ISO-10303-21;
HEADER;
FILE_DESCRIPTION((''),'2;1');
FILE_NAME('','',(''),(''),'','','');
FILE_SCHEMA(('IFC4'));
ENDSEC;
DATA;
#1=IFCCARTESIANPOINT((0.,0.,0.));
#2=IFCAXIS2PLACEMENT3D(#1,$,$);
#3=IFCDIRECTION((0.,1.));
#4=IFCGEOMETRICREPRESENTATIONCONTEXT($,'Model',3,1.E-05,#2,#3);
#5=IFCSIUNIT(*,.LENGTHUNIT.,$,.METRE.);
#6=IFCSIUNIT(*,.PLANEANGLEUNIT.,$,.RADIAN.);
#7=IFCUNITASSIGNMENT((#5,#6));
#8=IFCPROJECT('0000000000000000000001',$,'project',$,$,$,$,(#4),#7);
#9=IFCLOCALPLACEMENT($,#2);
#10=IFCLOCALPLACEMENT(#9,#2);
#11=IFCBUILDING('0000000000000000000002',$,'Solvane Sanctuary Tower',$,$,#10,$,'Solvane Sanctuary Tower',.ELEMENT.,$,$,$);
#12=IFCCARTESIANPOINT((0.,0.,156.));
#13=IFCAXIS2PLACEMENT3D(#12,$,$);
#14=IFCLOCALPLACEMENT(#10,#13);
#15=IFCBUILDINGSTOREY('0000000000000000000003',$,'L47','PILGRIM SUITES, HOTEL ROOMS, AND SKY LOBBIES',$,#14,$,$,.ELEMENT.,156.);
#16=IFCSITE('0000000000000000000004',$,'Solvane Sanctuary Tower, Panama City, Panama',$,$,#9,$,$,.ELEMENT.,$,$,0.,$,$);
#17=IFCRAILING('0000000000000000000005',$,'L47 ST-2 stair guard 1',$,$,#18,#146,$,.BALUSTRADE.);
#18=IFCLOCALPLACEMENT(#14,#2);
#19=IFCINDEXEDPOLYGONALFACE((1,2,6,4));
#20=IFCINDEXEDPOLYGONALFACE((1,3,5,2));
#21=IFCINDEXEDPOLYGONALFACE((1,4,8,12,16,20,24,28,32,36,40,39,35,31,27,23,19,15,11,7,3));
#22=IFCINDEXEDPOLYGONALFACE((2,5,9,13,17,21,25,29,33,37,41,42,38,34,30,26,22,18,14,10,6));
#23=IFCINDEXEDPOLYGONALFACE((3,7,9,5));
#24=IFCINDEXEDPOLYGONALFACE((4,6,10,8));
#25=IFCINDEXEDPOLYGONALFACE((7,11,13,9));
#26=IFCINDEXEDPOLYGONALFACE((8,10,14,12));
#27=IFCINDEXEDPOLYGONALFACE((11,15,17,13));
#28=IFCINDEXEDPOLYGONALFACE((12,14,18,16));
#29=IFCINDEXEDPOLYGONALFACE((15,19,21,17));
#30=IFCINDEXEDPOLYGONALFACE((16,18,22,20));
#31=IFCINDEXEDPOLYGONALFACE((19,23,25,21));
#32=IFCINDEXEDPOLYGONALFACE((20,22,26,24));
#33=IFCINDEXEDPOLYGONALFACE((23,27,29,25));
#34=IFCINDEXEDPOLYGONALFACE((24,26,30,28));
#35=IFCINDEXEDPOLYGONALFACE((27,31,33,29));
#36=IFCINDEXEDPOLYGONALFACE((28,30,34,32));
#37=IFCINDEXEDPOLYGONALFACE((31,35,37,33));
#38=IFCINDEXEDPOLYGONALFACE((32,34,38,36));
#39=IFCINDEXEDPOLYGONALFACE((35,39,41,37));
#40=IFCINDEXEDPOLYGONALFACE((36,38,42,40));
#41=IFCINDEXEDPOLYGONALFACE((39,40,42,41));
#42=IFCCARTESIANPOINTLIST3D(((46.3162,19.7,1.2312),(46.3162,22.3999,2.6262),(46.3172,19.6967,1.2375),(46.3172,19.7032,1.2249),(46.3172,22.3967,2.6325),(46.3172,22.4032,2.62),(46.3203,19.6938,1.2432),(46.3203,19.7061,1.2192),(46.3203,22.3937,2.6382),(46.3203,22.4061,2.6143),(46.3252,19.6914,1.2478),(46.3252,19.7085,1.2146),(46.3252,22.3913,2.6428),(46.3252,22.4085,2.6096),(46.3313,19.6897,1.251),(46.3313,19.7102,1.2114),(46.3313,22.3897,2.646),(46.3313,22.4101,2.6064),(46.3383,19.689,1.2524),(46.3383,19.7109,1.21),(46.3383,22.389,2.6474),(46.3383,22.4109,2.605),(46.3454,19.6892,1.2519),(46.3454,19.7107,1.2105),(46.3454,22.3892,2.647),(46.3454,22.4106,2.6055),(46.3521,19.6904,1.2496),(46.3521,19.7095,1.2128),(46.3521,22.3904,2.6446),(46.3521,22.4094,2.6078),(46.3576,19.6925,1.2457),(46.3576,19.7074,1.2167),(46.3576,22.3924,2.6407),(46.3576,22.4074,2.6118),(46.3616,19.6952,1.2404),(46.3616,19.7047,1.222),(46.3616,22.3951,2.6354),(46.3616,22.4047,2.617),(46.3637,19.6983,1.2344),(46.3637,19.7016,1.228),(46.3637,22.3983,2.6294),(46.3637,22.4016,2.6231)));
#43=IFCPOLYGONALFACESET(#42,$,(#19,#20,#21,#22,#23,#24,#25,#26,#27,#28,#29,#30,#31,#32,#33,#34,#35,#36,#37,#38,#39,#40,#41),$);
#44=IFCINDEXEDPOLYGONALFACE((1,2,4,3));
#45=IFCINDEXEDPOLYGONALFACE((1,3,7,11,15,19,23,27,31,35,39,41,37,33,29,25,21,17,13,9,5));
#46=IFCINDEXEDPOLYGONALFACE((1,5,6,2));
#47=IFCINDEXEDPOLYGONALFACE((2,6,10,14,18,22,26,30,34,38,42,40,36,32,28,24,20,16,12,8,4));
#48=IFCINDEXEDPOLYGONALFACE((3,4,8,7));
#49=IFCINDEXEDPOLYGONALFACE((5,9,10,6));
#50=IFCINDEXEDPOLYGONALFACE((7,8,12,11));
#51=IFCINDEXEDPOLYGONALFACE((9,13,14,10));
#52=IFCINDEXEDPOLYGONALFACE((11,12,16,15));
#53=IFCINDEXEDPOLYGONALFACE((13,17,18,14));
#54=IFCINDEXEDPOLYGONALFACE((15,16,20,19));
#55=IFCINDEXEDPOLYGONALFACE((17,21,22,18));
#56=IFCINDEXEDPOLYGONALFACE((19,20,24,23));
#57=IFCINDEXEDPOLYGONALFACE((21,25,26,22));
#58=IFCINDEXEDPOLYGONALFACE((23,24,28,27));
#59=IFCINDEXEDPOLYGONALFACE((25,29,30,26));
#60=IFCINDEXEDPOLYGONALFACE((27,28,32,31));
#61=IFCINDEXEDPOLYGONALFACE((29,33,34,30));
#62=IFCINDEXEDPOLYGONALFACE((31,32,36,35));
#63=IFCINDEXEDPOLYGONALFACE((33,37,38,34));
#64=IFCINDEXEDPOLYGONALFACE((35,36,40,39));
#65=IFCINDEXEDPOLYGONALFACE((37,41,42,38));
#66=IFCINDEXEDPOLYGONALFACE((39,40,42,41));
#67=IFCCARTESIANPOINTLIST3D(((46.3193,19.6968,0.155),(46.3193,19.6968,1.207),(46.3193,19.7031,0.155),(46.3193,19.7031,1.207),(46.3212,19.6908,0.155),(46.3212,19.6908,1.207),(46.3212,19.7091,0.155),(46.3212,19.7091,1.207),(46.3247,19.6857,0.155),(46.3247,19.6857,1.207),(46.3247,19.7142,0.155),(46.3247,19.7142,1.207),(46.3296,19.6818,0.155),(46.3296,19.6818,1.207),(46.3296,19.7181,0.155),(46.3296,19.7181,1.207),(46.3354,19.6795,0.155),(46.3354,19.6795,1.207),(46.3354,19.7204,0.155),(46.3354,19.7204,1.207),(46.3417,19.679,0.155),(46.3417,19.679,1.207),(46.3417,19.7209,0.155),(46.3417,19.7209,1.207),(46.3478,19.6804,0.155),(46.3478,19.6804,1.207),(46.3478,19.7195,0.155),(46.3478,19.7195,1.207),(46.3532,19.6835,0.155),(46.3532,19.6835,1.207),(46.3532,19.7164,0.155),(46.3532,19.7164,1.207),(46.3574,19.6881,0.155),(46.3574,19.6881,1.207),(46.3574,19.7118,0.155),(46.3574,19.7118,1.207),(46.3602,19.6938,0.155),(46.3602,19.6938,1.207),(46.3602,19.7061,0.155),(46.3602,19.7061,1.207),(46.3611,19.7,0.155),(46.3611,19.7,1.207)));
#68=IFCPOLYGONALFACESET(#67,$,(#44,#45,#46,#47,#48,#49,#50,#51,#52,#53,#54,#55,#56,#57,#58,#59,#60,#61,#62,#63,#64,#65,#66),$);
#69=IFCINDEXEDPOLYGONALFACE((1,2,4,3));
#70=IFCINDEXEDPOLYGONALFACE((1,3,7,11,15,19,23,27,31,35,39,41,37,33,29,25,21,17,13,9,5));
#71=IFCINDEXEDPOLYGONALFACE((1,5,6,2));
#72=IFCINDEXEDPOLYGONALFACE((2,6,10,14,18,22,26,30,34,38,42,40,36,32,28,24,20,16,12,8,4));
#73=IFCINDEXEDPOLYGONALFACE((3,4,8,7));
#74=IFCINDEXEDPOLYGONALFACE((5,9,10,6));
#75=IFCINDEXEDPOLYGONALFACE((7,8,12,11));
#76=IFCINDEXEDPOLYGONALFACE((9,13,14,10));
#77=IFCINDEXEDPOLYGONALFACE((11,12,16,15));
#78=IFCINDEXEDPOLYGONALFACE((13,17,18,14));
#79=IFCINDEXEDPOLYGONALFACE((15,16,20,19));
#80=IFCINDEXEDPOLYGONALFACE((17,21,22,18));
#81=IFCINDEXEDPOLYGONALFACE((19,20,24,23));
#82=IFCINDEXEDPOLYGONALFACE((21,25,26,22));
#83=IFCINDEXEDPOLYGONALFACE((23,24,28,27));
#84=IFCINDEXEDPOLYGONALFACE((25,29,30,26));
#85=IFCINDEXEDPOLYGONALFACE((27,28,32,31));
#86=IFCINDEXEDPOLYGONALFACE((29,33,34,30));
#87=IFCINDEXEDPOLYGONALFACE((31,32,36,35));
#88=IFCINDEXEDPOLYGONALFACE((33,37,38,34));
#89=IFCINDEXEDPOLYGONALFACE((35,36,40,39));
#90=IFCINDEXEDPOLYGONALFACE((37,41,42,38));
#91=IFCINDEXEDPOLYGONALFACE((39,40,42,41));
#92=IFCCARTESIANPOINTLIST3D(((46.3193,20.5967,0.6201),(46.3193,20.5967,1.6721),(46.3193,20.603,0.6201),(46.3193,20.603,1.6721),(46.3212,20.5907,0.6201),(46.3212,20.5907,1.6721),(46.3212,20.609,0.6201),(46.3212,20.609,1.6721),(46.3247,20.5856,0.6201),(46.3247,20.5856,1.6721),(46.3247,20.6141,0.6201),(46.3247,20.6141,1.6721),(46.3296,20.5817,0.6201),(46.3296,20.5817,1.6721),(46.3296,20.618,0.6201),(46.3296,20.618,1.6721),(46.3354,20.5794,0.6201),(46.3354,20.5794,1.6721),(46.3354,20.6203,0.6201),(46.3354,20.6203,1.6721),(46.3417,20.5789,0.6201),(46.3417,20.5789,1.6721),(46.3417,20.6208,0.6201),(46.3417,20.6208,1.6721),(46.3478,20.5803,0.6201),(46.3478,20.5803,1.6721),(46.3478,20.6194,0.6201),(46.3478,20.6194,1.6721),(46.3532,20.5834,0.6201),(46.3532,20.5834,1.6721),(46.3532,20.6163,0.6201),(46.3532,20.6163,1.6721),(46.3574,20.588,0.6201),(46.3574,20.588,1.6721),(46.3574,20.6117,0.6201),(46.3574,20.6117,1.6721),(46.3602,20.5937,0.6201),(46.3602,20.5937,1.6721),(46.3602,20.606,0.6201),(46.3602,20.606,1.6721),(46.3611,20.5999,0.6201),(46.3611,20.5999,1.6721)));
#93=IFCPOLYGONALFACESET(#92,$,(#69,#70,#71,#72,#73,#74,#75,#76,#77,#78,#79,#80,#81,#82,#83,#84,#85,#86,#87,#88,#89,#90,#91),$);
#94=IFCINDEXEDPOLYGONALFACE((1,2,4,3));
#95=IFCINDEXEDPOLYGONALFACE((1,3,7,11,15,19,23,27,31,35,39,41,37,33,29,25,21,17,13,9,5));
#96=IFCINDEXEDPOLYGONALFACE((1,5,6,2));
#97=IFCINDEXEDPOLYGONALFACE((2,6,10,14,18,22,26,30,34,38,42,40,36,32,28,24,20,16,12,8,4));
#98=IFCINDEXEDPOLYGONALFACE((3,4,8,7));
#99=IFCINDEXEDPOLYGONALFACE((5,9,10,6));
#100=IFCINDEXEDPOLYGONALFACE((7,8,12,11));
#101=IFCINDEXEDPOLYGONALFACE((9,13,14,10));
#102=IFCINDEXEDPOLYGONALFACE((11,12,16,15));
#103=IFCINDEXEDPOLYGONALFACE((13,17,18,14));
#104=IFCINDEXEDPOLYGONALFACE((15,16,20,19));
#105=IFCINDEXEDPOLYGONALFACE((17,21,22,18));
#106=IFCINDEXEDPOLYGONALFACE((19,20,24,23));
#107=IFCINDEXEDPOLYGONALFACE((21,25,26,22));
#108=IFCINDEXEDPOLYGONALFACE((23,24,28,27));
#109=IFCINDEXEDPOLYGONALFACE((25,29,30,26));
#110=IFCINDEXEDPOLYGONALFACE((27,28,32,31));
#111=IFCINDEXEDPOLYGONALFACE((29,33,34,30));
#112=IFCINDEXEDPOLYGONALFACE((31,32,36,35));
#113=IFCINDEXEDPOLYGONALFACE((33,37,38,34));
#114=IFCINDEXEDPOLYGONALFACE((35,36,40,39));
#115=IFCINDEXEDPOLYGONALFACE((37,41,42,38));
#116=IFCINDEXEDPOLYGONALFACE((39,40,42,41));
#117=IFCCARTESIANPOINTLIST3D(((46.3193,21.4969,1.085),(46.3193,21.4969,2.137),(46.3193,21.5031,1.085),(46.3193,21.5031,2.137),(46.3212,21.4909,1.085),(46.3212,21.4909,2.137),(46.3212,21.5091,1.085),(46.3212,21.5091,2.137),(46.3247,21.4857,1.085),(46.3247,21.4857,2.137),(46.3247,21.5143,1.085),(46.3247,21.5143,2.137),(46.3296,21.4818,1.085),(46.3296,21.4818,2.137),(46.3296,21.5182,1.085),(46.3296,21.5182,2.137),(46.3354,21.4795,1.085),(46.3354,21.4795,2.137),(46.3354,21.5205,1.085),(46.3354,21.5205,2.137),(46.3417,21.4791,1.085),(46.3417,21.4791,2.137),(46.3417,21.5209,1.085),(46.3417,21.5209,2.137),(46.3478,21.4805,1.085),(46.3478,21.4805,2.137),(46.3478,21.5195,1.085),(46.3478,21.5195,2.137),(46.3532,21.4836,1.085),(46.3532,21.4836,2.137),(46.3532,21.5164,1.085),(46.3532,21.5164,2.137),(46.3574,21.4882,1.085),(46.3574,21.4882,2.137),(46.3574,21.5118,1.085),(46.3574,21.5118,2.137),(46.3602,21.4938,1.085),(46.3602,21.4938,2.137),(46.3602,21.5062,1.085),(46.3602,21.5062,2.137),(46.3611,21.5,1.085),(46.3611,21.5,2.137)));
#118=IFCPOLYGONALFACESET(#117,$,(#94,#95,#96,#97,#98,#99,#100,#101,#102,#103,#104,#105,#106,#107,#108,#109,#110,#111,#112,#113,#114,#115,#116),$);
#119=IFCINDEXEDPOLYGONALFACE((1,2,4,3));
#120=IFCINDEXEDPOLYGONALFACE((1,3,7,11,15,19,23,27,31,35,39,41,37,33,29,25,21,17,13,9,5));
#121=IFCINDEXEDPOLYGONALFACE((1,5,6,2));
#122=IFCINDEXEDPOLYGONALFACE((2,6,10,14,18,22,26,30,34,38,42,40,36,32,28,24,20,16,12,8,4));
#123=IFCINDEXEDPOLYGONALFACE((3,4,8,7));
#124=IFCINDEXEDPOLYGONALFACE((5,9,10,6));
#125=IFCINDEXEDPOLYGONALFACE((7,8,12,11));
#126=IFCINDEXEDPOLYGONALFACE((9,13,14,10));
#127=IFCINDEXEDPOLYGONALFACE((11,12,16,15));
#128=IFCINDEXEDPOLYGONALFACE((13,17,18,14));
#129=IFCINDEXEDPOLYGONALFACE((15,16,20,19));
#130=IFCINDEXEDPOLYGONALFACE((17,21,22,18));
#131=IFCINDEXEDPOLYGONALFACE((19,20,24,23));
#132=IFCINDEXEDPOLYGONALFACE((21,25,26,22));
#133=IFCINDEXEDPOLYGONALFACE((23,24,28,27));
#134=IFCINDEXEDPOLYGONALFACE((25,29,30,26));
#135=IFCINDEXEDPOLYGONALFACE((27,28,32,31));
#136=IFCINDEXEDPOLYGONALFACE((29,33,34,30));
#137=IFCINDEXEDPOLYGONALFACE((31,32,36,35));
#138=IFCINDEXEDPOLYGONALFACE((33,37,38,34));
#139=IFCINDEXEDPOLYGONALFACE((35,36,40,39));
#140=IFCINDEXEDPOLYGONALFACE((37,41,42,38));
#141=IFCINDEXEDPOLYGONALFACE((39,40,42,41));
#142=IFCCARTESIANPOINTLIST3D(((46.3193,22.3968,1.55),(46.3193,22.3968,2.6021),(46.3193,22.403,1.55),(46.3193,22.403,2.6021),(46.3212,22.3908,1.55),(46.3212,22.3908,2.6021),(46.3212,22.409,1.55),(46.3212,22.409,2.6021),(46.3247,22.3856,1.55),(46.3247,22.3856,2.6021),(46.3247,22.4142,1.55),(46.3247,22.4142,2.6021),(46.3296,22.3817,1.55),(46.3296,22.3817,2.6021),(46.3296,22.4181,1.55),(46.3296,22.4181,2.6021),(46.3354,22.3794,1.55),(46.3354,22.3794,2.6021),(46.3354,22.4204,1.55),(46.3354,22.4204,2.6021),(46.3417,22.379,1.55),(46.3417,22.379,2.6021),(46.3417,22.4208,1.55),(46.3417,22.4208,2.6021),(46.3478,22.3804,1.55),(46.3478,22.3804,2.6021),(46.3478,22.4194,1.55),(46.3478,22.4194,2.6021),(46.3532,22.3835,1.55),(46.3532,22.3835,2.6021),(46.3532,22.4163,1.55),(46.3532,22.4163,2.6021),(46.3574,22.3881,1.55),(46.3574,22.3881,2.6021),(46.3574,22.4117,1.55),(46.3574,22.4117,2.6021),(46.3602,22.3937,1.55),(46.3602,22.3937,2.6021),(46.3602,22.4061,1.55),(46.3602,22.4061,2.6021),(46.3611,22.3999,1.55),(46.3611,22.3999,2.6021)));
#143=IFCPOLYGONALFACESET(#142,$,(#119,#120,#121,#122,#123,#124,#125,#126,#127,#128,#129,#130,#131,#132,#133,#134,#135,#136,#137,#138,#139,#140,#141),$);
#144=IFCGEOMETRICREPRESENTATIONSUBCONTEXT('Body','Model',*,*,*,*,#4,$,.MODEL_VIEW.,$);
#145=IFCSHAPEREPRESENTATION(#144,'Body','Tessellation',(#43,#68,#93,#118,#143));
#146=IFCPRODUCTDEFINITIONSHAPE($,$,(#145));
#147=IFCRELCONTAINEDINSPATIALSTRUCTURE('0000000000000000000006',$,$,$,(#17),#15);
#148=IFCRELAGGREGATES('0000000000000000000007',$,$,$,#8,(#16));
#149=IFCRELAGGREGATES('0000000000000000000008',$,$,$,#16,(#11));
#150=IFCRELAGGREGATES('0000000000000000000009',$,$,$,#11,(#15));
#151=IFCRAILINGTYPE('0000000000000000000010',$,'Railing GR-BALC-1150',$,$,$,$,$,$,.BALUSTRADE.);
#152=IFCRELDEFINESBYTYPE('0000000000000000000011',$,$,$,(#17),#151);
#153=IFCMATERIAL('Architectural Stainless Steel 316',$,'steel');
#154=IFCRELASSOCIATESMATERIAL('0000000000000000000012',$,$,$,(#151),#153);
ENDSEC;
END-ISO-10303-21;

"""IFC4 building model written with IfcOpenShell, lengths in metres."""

from ifc_helpers import new_model, si_unit, direction, frame, origin, origin_2d, place, context, subcontext, project, spatial, circle, extrude, material, type_object, element, save


model = new_model("IFC4")

# Units and contexts
model_context = context("Model", 3, precision=1e-05, world=origin(), true_north=direction((0.0, 1.0)))
body_context = subcontext(model_context, "Body", "Model", "MODEL_VIEW")
ifc_project = project(units=[si_unit("LENGTHUNIT", "METRE"), si_unit("PLANEANGLEUNIT", "RADIAN")], contexts=[model_context])

# Site, building, storey
site_placement = place(None, origin())
site = spatial("IfcSite", under=ifc_project, at=site_placement, Name="Solvane Sanctuary Tower, Panama City, Panama", CompositionType="ELEMENT", RefElevation=0.0)
building_placement = place(site_placement, origin())
building = spatial("IfcBuilding", under=site, at=building_placement, Name="Solvane Sanctuary Tower", LongName="Solvane Sanctuary Tower", CompositionType="ELEMENT")
storey_placement = place(building_placement, frame((0.0, 0.0, 156.0)))
storey = spatial("IfcBuildingStorey", under=building, at=storey_placement, Name="L47", Description="PILGRIM SUITES, HOTEL ROOMS, AND SKY LOBBIES", CompositionType="ELEMENT", Elevation=156.0)

# Shared definitions
ifc_material_1 = material(Name="Architectural Stainless Steel 316", Category="steel")

# Railing
railing_type_1 = type_object("IfcRailingType", Name="Railing GR-BALC-1150", PredefinedType="BALUSTRADE", material=ifc_material_1)
railing_1_placement = place(storey_placement, frame((46.3401, 19.7, 0.155)))
element("IfcRailing", 1, at=railing_1_placement, inside=storey, type_object=railing_type_1, Name="L47 ST-2 stair guard 1", PredefinedType="BALUSTRADE", context=body_context, shape_type="SweptSolid", body=[
    extrude(circle(Radius=0.0239, at=origin_2d()), frame((0.0, 0.0, 1.0762), z_axis=(0.0, 0.88842, 0.459032), x_axis=(-1.0, 0.0, 0.0)), (0.0, 0.0, 1.0), 3.0391),
    extrude(circle(Radius=0.021, at=origin_2d()), origin(), (0.0, 0.0, 1.0), 1.052),
    extrude(circle(Radius=0.021, at=origin_2d()), frame((0.0, 0.8999, 0.4651)), (0.0, 0.0, 1.0), 1.052),
    extrude(circle(Radius=0.021, at=origin_2d()), frame((0.0, 1.8, 0.9299)), (0.0, 0.0, 1.0), 1.052),
    extrude(circle(Radius=0.021, at=origin_2d()), frame((0.0, 2.7, 1.395)), (0.0, 0.0, 1.0), 1.052),
])

save(model, "model.ifc")
